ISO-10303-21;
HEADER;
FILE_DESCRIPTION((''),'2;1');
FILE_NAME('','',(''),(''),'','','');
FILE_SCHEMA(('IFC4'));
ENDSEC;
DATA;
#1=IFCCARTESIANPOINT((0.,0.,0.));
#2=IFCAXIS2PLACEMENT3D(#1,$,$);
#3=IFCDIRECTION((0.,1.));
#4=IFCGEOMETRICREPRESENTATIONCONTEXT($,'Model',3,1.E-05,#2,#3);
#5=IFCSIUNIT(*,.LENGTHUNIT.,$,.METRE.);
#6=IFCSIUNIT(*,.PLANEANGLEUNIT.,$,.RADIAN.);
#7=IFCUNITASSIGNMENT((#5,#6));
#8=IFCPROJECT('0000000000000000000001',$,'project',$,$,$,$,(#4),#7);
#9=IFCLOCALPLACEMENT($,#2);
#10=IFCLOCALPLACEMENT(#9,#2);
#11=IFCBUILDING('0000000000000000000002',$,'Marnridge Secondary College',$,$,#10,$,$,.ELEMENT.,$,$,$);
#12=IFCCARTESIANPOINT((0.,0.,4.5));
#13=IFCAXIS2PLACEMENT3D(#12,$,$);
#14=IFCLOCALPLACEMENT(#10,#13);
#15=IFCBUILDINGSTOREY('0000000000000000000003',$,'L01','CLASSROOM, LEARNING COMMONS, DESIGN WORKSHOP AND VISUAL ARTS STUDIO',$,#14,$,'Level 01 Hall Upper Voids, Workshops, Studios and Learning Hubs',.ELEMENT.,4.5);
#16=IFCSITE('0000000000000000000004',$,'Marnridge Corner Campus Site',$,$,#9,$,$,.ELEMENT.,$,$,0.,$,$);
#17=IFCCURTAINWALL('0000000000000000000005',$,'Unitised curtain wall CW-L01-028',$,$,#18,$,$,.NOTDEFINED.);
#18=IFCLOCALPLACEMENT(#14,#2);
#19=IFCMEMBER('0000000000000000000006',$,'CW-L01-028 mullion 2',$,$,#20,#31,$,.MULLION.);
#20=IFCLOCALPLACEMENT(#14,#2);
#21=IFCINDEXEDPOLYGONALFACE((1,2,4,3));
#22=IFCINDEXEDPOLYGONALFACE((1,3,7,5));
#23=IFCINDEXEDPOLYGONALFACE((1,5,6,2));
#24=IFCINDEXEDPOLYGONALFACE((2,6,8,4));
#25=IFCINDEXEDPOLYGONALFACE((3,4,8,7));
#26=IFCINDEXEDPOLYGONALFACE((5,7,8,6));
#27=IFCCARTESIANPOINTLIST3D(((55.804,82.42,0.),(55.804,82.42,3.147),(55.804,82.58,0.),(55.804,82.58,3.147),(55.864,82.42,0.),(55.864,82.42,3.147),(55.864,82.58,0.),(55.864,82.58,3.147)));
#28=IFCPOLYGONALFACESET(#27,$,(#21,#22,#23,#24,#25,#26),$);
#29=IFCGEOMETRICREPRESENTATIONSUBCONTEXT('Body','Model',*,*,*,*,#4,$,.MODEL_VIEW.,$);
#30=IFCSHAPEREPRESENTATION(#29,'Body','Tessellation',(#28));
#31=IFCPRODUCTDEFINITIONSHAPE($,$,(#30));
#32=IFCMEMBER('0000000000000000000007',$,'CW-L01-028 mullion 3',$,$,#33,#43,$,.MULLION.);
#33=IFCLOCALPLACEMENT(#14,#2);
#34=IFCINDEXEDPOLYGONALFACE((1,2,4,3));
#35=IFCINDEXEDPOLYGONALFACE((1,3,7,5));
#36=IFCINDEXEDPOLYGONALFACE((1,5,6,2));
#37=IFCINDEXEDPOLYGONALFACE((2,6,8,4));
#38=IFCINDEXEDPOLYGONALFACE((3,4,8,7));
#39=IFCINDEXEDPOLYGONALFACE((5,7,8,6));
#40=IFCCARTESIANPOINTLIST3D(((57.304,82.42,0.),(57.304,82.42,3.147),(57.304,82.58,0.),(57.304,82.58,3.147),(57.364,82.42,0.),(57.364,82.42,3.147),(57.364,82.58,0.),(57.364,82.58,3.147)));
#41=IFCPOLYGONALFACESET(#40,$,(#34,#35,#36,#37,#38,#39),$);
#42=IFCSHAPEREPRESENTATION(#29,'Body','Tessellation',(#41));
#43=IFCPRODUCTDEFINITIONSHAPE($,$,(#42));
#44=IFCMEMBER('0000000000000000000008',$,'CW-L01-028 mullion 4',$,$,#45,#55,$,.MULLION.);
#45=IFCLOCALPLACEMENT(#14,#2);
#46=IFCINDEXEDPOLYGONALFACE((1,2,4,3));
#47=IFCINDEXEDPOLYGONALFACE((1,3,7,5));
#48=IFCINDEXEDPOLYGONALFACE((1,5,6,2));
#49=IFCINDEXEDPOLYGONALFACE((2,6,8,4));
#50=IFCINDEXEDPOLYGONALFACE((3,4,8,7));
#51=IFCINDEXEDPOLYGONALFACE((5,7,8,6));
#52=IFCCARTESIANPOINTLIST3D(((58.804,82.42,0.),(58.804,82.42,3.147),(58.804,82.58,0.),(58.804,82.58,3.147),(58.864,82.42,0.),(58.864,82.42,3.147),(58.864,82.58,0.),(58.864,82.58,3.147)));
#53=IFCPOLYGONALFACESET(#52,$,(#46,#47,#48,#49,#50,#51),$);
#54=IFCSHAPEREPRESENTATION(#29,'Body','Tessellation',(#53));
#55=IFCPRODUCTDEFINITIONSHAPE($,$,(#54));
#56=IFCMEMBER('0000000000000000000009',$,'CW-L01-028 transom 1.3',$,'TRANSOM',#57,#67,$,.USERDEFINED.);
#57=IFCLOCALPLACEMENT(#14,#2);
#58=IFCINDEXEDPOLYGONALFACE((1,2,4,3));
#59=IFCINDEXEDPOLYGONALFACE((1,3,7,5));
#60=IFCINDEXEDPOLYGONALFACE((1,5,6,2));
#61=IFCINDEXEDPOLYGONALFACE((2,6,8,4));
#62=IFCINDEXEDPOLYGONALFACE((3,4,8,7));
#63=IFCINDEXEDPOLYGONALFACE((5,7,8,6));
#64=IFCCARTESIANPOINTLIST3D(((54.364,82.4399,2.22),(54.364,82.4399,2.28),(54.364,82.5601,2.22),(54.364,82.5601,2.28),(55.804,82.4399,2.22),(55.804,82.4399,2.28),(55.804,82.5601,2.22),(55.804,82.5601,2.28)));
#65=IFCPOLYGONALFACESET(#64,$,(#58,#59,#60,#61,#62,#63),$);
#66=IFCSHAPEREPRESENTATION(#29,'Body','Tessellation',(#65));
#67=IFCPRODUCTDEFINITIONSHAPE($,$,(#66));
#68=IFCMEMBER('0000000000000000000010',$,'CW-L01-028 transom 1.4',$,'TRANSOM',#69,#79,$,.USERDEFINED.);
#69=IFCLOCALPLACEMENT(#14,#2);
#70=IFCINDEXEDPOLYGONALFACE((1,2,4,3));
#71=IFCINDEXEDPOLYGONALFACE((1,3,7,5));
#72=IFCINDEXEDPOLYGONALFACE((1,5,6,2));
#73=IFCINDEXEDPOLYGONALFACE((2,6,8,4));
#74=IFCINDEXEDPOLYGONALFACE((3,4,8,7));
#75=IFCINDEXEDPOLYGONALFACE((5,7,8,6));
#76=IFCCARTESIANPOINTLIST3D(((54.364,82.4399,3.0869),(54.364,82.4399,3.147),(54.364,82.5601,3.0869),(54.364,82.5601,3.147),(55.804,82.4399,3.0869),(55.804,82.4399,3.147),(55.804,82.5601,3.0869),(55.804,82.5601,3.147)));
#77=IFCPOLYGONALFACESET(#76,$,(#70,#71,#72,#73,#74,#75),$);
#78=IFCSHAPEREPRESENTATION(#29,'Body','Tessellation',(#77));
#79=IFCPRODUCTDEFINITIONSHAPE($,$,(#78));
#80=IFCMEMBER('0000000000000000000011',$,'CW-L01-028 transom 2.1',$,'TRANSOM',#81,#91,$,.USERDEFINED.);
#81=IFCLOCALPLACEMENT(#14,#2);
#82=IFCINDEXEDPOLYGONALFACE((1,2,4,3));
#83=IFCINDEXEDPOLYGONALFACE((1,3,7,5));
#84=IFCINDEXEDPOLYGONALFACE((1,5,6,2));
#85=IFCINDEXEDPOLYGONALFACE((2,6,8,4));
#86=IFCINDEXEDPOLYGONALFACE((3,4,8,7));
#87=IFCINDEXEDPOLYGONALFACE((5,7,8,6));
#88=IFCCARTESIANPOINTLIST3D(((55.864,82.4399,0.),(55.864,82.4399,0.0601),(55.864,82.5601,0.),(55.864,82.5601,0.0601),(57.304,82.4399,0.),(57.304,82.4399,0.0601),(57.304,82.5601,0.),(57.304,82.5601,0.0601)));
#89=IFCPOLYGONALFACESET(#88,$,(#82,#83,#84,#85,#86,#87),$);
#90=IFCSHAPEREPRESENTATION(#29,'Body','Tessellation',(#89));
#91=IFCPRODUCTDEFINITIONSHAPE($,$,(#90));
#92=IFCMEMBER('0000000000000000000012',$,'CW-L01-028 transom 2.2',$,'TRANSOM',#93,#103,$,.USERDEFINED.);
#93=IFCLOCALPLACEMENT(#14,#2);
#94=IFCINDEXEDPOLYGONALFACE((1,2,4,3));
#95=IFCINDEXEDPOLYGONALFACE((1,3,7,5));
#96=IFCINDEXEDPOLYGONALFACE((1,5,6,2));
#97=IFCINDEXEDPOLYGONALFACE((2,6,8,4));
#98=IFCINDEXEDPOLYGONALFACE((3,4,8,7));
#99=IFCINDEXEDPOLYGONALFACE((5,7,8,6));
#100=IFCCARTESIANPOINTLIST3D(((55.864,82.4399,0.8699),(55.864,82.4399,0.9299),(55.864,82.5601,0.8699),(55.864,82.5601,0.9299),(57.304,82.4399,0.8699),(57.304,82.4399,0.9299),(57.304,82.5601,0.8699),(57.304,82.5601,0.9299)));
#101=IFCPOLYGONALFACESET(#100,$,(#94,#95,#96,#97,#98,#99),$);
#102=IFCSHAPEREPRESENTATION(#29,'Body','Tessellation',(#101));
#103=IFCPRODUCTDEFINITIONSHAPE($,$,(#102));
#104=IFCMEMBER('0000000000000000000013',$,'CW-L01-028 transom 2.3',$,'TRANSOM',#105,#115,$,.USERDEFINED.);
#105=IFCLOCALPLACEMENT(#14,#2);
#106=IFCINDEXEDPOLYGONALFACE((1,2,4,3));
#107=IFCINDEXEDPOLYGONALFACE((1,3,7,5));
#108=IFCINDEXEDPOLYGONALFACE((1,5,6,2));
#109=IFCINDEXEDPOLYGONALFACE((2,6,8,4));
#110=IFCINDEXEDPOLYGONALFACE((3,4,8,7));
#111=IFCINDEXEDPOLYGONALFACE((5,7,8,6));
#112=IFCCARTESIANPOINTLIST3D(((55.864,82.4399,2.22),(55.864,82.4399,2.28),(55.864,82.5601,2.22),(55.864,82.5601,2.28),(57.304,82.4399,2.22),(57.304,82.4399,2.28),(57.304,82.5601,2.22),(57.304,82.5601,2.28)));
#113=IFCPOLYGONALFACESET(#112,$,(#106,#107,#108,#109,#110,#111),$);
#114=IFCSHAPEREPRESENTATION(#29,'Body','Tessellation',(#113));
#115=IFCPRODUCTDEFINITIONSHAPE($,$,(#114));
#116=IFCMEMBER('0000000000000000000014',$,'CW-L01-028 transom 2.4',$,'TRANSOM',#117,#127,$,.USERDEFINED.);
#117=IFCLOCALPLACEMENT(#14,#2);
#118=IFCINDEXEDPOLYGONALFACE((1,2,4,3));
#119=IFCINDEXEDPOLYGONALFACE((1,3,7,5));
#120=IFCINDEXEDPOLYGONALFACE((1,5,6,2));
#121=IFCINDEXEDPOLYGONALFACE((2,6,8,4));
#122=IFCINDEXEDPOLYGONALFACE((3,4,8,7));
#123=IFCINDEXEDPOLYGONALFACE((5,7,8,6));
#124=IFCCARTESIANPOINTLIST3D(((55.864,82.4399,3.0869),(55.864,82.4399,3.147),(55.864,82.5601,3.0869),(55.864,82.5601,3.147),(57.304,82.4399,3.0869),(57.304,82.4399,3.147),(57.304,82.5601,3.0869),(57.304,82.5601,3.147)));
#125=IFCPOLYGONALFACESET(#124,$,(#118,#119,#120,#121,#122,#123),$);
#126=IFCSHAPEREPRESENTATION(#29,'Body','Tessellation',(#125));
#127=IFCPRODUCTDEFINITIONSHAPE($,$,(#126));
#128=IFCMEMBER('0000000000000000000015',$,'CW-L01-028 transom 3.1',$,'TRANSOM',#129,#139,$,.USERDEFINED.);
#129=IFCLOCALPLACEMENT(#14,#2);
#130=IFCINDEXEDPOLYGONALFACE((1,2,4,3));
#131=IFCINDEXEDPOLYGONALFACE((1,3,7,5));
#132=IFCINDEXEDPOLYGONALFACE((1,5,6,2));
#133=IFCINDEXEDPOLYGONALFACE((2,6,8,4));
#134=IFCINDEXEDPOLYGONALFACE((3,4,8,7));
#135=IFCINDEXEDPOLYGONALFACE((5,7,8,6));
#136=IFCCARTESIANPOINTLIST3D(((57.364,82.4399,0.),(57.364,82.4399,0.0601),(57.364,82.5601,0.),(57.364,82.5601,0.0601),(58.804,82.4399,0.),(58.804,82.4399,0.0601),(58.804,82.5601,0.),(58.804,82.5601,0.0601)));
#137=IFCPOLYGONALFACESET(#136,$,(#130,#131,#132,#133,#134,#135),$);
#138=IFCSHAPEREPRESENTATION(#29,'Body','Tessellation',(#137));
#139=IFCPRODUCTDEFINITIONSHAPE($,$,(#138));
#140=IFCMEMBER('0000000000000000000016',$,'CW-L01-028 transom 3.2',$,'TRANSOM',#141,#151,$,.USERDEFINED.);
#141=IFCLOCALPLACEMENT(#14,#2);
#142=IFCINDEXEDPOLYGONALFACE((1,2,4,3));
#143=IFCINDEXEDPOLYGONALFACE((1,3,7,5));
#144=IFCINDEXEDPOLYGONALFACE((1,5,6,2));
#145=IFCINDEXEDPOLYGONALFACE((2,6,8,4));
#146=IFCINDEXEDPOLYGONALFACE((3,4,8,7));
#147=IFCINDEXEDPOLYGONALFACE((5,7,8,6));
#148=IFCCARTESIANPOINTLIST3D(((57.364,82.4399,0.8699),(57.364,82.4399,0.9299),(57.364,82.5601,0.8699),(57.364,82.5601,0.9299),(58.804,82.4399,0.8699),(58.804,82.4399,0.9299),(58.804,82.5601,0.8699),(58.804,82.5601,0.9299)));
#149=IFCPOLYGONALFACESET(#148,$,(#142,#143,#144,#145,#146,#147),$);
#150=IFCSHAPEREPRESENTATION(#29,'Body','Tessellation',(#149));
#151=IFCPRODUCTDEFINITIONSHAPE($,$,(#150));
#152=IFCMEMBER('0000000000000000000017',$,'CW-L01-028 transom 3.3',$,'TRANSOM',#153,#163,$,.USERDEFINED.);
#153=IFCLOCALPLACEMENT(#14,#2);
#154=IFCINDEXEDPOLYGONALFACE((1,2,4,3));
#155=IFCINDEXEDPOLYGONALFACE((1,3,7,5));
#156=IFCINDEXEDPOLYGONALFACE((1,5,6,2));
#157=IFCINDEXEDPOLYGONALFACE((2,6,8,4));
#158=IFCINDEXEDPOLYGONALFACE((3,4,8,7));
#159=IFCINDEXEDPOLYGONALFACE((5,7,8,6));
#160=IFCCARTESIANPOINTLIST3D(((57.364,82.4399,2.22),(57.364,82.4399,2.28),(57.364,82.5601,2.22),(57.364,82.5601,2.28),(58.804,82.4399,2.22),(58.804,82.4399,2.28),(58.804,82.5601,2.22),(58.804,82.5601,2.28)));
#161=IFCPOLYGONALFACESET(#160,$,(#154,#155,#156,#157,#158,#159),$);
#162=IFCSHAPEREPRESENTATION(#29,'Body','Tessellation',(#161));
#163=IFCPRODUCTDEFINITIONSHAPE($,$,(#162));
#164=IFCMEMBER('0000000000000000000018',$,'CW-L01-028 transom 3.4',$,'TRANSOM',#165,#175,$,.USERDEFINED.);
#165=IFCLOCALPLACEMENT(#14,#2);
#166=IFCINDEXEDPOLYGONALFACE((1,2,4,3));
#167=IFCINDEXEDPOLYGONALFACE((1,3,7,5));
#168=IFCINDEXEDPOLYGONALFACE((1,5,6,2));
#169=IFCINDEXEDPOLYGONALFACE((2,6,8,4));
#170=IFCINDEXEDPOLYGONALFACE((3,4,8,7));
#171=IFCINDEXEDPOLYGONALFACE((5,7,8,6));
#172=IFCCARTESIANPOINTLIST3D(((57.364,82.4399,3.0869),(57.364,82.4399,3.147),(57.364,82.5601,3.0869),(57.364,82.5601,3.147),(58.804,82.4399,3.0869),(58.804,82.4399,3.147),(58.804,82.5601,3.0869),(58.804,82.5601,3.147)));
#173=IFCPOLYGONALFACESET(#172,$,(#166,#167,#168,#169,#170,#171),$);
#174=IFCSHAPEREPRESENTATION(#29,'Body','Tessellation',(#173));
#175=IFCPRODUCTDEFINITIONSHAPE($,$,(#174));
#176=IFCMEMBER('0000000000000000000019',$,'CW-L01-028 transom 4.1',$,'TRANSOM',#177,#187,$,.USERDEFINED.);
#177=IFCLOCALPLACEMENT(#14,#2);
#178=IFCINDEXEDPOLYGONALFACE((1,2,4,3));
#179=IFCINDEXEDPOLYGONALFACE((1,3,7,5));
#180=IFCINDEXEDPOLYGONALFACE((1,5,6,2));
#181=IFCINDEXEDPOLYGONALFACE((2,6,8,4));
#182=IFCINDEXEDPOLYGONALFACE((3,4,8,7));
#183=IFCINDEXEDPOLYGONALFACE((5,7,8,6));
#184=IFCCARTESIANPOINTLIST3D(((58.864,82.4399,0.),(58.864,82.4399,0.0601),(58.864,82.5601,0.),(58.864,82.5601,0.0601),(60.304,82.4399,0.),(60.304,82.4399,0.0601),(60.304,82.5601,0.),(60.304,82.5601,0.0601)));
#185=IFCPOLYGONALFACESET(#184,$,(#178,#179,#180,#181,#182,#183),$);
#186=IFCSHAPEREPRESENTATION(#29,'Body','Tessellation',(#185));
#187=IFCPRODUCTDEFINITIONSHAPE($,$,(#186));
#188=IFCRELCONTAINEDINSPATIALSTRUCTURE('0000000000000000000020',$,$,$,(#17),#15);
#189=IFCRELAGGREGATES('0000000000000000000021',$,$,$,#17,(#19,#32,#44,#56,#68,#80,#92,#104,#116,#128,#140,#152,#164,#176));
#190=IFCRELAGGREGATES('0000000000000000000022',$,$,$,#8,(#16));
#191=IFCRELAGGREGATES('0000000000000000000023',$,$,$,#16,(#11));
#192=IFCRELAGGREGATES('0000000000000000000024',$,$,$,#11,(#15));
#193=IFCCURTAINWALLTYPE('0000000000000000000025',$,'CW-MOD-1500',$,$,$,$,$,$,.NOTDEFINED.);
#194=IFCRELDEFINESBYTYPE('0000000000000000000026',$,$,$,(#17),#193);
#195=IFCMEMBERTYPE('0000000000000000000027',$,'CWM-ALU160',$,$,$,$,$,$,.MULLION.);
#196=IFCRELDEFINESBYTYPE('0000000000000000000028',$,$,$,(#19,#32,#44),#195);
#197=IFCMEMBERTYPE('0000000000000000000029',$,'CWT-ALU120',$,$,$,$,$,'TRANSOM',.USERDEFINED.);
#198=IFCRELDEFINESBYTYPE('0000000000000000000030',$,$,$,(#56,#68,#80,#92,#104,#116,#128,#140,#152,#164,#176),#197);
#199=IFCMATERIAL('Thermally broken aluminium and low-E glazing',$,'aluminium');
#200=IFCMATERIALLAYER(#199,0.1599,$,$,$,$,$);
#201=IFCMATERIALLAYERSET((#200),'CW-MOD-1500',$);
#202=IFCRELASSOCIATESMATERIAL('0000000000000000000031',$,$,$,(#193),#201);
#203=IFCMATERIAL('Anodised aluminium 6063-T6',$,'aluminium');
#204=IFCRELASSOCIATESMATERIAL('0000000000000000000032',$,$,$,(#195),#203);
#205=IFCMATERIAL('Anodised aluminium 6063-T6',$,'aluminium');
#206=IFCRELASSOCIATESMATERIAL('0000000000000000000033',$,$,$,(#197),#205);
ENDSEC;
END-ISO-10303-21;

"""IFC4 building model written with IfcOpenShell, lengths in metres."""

from ifc_helpers import new_model, si_unit, direction, frame, origin, origin_2d, place, context, subcontext, project, spatial, rectangle, extrude, material, layer, layer_set, material_profile, profile_set, type_object, element, aggregate, save


model = new_model("IFC4")

# Units and contexts
model_context = context("Model", 3, precision=1e-05, world=origin(), true_north=direction((0.0, 1.0)))
body_context = subcontext(model_context, "Body", "Model", "MODEL_VIEW")
ifc_project = project(units=[si_unit("LENGTHUNIT", "METRE"), si_unit("PLANEANGLEUNIT", "RADIAN")], contexts=[model_context])

# Site, building, storey
site_placement = place(None, origin())
site = spatial("IfcSite", under=ifc_project, at=site_placement, Name="Marnridge Corner Campus Site", CompositionType="ELEMENT", RefElevation=0.0)
building_placement = place(site_placement, origin())
building = spatial("IfcBuilding", under=site, at=building_placement, Name="Marnridge Secondary College", CompositionType="ELEMENT")
storey_placement = place(building_placement, frame((0.0, 0.0, 4.5)))
storey = spatial("IfcBuildingStorey", under=building, at=storey_placement, Name="L01", Description="CLASSROOM, LEARNING COMMONS, DESIGN WORKSHOP AND VISUAL ARTS STUDIO", LongName="Level 01 Hall Upper Voids, Workshops, Studios and Learning Hubs", CompositionType="ELEMENT", Elevation=4.5)

# Curtain wall, members
ifc_material_1 = material(Name="Thermally broken aluminium and low-E glazing", Category="aluminium")
ifc_layer_1 = layer(ifc_material_1, 0.1599)
ifc_layer_set_1 = layer_set([ifc_layer_1], Name="CW-MOD-1500")
curtain_wall_type = type_object("IfcCurtainWallType", Name="CW-MOD-1500", PredefinedType="NOTDEFINED", material=ifc_layer_set_1)
curtain_wall_placement = place(storey_placement, origin())
curtain_wall = element("IfcCurtainWall", 1, at=curtain_wall_placement, inside=storey, type_object=curtain_wall_type, Name="Unitised curtain wall CW-L01-028", PredefinedType="NOTDEFINED")
ifc_material_2 = material(Name="Anodised aluminium 6063-T6", Category="aluminium")
ifc_material_profile_1 = material_profile(ifc_material_2, rectangle(XDim=0.0601, YDim=0.1599, at=origin_2d()), Name="ALU 60x160")
ifc_profile_set_1 = profile_set([ifc_material_profile_1], Name="Anodised aluminium 6063-T6")
member_type_1 = type_object("IfcMemberType", Name="CWM-ALU160", PredefinedType="MULLION", material=ifc_profile_set_1)
member_1_placement = place(storey_placement, frame((55.834, 82.5, 0.0), z_axis=(0.0, 0.0, 1.0), x_axis=(1.0, 0.0, 0.0)))
member_1 = element("IfcMember", 2, at=member_1_placement, type_object=member_type_1, Name="CW-L01-028 mullion 2", PredefinedType="MULLION", context=body_context, shape_type="SweptSolid", body=[
    extrude(rectangle(XDim=0.0601, YDim=0.1599, at=origin_2d()), origin(), (0.0, 0.0, 1.0), 3.147),
])
member_2_placement = place(storey_placement, frame((57.334, 82.5, 0.0), z_axis=(0.0, 0.0, 1.0), x_axis=(1.0, 0.0, 0.0)))
member_2 = element("IfcMember", 3, at=member_2_placement, type_object=member_type_1, Name="CW-L01-028 mullion 3", PredefinedType="MULLION", context=body_context, shape_type="SweptSolid", body=[
    extrude(rectangle(XDim=0.0601, YDim=0.1599, at=origin_2d()), origin(), (0.0, 0.0, 1.0), 3.147),
])
member_3_placement = place(storey_placement, frame((58.834, 82.5, 0.0), z_axis=(0.0, 0.0, 1.0), x_axis=(1.0, 0.0, 0.0)))
member_3 = element("IfcMember", 4, at=member_3_placement, type_object=member_type_1, Name="CW-L01-028 mullion 4", PredefinedType="MULLION", context=body_context, shape_type="SweptSolid", body=[
    extrude(rectangle(XDim=0.0601, YDim=0.1599, at=origin_2d()), origin(), (0.0, 0.0, 1.0), 3.147),
])
ifc_material_3 = material(Name="Anodised aluminium 6063-T6", Category="aluminium")
ifc_material_profile_2 = material_profile(ifc_material_3, rectangle(XDim=0.0601, YDim=0.1201, at=origin_2d()), Name="ALU 60x120")
ifc_profile_set_2 = profile_set([ifc_material_profile_2], Name="Anodised aluminium 6063-T6")
member_type_2 = type_object("IfcMemberType", Name="CWT-ALU120", ElementType="TRANSOM", PredefinedType="USERDEFINED", material=ifc_profile_set_2)
member_4_placement = place(storey_placement, frame((54.364, 82.5, 2.25), z_axis=(1.0, 0.0, 0.0), x_axis=(0.0, 0.0, 1.0)))
member_4 = element("IfcMember", 5, at=member_4_placement, type_object=member_type_2, Name="CW-L01-028 transom 1.3", ObjectType="TRANSOM", PredefinedType="USERDEFINED", context=body_context, shape_type="SweptSolid", body=[
    extrude(rectangle(XDim=0.0601, YDim=0.1201, at=origin_2d()), origin(), (0.0, 0.0, 1.0), 1.4399),
])
member_5_placement = place(storey_placement, frame((54.364, 82.5, 3.1169), z_axis=(1.0, 0.0, 0.0), x_axis=(0.0, 0.0, 1.0)))
member_5 = element("IfcMember", 6, at=member_5_placement, type_object=member_type_2, Name="CW-L01-028 transom 1.4", ObjectType="TRANSOM", PredefinedType="USERDEFINED", context=body_context, shape_type="SweptSolid", body=[
    extrude(rectangle(XDim=0.0601, YDim=0.1201, at=origin_2d()), origin(), (0.0, 0.0, 1.0), 1.4399),
])
member_6_placement = place(storey_placement, frame((55.864, 82.5, 0.03), z_axis=(1.0, 0.0, 0.0), x_axis=(0.0, 0.0, 1.0)))
member_6 = element("IfcMember", 7, at=member_6_placement, type_object=member_type_2, Name="CW-L01-028 transom 2.1", ObjectType="TRANSOM", PredefinedType="USERDEFINED", context=body_context, shape_type="SweptSolid", body=[
    extrude(rectangle(XDim=0.0601, YDim=0.1201, at=origin_2d()), origin(), (0.0, 0.0, 1.0), 1.4399),
])
member_7_placement = place(storey_placement, frame((55.864, 82.5, 0.8999), z_axis=(1.0, 0.0, 0.0), x_axis=(0.0, 0.0, 1.0)))
member_7 = element("IfcMember", 8, at=member_7_placement, type_object=member_type_2, Name="CW-L01-028 transom 2.2", ObjectType="TRANSOM", PredefinedType="USERDEFINED", context=body_context, shape_type="SweptSolid", body=[
    extrude(rectangle(XDim=0.0601, YDim=0.1201, at=origin_2d()), origin(), (0.0, 0.0, 1.0), 1.4399),
])
member_8_placement = place(storey_placement, frame((55.864, 82.5, 2.25), z_axis=(1.0, 0.0, 0.0), x_axis=(0.0, 0.0, 1.0)))
member_8 = element("IfcMember", 9, at=member_8_placement, type_object=member_type_2, Name="CW-L01-028 transom 2.3", ObjectType="TRANSOM", PredefinedType="USERDEFINED", context=body_context, shape_type="SweptSolid", body=[
    extrude(rectangle(XDim=0.0601, YDim=0.1201, at=origin_2d()), origin(), (0.0, 0.0, 1.0), 1.4399),
])
member_9_placement = place(storey_placement, frame((55.864, 82.5, 3.1169), z_axis=(1.0, 0.0, 0.0), x_axis=(0.0, 0.0, 1.0)))
member_9 = element("IfcMember", 10, at=member_9_placement, type_object=member_type_2, Name="CW-L01-028 transom 2.4", ObjectType="TRANSOM", PredefinedType="USERDEFINED", context=body_context, shape_type="SweptSolid", body=[
    extrude(rectangle(XDim=0.0601, YDim=0.1201, at=origin_2d()), origin(), (0.0, 0.0, 1.0), 1.4399),
])
member_10_placement = place(storey_placement, frame((57.364, 82.5, 0.03), z_axis=(1.0, 0.0, 0.0), x_axis=(0.0, 0.0, 1.0)))
member_10 = element("IfcMember", 11, at=member_10_placement, type_object=member_type_2, Name="CW-L01-028 transom 3.1", ObjectType="TRANSOM", PredefinedType="USERDEFINED", context=body_context, shape_type="SweptSolid", body=[
    extrude(rectangle(XDim=0.0601, YDim=0.1201, at=origin_2d()), origin(), (0.0, 0.0, 1.0), 1.4399),
])
member_11_placement = place(storey_placement, frame((57.364, 82.5, 0.8999), z_axis=(1.0, 0.0, 0.0), x_axis=(0.0, 0.0, 1.0)))
member_11 = element("IfcMember", 12, at=member_11_placement, type_object=member_type_2, Name="CW-L01-028 transom 3.2", ObjectType="TRANSOM", PredefinedType="USERDEFINED", context=body_context, shape_type="SweptSolid", body=[
    extrude(rectangle(XDim=0.0601, YDim=0.1201, at=origin_2d()), origin(), (0.0, 0.0, 1.0), 1.4399),
])
member_12_placement = place(storey_placement, frame((57.364, 82.5, 2.25), z_axis=(1.0, 0.0, 0.0), x_axis=(0.0, 0.0, 1.0)))
member_12 = element("IfcMember", 13, at=member_12_placement, type_object=member_type_2, Name="CW-L01-028 transom 3.3", ObjectType="TRANSOM", PredefinedType="USERDEFINED", context=body_context, shape_type="SweptSolid", body=[
    extrude(rectangle(XDim=0.0601, YDim=0.1201, at=origin_2d()), origin(), (0.0, 0.0, 1.0), 1.4399),
])
member_13_placement = place(storey_placement, frame((57.364, 82.5, 3.1169), z_axis=(1.0, 0.0, 0.0), x_axis=(0.0, 0.0, 1.0)))
member_13 = element("IfcMember", 14, at=member_13_placement, type_object=member_type_2, Name="CW-L01-028 transom 3.4", ObjectType="TRANSOM", PredefinedType="USERDEFINED", context=body_context, shape_type="SweptSolid", body=[
    extrude(rectangle(XDim=0.0601, YDim=0.1201, at=origin_2d()), origin(), (0.0, 0.0, 1.0), 1.4399),
])
member_14_placement = place(storey_placement, frame((58.864, 82.5, 0.03), z_axis=(1.0, 0.0, 0.0), x_axis=(0.0, 0.0, 1.0)))
member_14 = element("IfcMember", 15, at=member_14_placement, type_object=member_type_2, Name="CW-L01-028 transom 4.1", ObjectType="TRANSOM", PredefinedType="USERDEFINED", context=body_context, shape_type="SweptSolid", body=[
    extrude(rectangle(XDim=0.0601, YDim=0.1201, at=origin_2d()), origin(), (0.0, 0.0, 1.0), 1.4399),
])
aggregate(curtain_wall, [member_1, member_2, member_3, member_4, member_5, member_6, member_7, member_8, member_9, member_10, member_11, member_12, member_13, member_14])

save(model, "model.ifc")
